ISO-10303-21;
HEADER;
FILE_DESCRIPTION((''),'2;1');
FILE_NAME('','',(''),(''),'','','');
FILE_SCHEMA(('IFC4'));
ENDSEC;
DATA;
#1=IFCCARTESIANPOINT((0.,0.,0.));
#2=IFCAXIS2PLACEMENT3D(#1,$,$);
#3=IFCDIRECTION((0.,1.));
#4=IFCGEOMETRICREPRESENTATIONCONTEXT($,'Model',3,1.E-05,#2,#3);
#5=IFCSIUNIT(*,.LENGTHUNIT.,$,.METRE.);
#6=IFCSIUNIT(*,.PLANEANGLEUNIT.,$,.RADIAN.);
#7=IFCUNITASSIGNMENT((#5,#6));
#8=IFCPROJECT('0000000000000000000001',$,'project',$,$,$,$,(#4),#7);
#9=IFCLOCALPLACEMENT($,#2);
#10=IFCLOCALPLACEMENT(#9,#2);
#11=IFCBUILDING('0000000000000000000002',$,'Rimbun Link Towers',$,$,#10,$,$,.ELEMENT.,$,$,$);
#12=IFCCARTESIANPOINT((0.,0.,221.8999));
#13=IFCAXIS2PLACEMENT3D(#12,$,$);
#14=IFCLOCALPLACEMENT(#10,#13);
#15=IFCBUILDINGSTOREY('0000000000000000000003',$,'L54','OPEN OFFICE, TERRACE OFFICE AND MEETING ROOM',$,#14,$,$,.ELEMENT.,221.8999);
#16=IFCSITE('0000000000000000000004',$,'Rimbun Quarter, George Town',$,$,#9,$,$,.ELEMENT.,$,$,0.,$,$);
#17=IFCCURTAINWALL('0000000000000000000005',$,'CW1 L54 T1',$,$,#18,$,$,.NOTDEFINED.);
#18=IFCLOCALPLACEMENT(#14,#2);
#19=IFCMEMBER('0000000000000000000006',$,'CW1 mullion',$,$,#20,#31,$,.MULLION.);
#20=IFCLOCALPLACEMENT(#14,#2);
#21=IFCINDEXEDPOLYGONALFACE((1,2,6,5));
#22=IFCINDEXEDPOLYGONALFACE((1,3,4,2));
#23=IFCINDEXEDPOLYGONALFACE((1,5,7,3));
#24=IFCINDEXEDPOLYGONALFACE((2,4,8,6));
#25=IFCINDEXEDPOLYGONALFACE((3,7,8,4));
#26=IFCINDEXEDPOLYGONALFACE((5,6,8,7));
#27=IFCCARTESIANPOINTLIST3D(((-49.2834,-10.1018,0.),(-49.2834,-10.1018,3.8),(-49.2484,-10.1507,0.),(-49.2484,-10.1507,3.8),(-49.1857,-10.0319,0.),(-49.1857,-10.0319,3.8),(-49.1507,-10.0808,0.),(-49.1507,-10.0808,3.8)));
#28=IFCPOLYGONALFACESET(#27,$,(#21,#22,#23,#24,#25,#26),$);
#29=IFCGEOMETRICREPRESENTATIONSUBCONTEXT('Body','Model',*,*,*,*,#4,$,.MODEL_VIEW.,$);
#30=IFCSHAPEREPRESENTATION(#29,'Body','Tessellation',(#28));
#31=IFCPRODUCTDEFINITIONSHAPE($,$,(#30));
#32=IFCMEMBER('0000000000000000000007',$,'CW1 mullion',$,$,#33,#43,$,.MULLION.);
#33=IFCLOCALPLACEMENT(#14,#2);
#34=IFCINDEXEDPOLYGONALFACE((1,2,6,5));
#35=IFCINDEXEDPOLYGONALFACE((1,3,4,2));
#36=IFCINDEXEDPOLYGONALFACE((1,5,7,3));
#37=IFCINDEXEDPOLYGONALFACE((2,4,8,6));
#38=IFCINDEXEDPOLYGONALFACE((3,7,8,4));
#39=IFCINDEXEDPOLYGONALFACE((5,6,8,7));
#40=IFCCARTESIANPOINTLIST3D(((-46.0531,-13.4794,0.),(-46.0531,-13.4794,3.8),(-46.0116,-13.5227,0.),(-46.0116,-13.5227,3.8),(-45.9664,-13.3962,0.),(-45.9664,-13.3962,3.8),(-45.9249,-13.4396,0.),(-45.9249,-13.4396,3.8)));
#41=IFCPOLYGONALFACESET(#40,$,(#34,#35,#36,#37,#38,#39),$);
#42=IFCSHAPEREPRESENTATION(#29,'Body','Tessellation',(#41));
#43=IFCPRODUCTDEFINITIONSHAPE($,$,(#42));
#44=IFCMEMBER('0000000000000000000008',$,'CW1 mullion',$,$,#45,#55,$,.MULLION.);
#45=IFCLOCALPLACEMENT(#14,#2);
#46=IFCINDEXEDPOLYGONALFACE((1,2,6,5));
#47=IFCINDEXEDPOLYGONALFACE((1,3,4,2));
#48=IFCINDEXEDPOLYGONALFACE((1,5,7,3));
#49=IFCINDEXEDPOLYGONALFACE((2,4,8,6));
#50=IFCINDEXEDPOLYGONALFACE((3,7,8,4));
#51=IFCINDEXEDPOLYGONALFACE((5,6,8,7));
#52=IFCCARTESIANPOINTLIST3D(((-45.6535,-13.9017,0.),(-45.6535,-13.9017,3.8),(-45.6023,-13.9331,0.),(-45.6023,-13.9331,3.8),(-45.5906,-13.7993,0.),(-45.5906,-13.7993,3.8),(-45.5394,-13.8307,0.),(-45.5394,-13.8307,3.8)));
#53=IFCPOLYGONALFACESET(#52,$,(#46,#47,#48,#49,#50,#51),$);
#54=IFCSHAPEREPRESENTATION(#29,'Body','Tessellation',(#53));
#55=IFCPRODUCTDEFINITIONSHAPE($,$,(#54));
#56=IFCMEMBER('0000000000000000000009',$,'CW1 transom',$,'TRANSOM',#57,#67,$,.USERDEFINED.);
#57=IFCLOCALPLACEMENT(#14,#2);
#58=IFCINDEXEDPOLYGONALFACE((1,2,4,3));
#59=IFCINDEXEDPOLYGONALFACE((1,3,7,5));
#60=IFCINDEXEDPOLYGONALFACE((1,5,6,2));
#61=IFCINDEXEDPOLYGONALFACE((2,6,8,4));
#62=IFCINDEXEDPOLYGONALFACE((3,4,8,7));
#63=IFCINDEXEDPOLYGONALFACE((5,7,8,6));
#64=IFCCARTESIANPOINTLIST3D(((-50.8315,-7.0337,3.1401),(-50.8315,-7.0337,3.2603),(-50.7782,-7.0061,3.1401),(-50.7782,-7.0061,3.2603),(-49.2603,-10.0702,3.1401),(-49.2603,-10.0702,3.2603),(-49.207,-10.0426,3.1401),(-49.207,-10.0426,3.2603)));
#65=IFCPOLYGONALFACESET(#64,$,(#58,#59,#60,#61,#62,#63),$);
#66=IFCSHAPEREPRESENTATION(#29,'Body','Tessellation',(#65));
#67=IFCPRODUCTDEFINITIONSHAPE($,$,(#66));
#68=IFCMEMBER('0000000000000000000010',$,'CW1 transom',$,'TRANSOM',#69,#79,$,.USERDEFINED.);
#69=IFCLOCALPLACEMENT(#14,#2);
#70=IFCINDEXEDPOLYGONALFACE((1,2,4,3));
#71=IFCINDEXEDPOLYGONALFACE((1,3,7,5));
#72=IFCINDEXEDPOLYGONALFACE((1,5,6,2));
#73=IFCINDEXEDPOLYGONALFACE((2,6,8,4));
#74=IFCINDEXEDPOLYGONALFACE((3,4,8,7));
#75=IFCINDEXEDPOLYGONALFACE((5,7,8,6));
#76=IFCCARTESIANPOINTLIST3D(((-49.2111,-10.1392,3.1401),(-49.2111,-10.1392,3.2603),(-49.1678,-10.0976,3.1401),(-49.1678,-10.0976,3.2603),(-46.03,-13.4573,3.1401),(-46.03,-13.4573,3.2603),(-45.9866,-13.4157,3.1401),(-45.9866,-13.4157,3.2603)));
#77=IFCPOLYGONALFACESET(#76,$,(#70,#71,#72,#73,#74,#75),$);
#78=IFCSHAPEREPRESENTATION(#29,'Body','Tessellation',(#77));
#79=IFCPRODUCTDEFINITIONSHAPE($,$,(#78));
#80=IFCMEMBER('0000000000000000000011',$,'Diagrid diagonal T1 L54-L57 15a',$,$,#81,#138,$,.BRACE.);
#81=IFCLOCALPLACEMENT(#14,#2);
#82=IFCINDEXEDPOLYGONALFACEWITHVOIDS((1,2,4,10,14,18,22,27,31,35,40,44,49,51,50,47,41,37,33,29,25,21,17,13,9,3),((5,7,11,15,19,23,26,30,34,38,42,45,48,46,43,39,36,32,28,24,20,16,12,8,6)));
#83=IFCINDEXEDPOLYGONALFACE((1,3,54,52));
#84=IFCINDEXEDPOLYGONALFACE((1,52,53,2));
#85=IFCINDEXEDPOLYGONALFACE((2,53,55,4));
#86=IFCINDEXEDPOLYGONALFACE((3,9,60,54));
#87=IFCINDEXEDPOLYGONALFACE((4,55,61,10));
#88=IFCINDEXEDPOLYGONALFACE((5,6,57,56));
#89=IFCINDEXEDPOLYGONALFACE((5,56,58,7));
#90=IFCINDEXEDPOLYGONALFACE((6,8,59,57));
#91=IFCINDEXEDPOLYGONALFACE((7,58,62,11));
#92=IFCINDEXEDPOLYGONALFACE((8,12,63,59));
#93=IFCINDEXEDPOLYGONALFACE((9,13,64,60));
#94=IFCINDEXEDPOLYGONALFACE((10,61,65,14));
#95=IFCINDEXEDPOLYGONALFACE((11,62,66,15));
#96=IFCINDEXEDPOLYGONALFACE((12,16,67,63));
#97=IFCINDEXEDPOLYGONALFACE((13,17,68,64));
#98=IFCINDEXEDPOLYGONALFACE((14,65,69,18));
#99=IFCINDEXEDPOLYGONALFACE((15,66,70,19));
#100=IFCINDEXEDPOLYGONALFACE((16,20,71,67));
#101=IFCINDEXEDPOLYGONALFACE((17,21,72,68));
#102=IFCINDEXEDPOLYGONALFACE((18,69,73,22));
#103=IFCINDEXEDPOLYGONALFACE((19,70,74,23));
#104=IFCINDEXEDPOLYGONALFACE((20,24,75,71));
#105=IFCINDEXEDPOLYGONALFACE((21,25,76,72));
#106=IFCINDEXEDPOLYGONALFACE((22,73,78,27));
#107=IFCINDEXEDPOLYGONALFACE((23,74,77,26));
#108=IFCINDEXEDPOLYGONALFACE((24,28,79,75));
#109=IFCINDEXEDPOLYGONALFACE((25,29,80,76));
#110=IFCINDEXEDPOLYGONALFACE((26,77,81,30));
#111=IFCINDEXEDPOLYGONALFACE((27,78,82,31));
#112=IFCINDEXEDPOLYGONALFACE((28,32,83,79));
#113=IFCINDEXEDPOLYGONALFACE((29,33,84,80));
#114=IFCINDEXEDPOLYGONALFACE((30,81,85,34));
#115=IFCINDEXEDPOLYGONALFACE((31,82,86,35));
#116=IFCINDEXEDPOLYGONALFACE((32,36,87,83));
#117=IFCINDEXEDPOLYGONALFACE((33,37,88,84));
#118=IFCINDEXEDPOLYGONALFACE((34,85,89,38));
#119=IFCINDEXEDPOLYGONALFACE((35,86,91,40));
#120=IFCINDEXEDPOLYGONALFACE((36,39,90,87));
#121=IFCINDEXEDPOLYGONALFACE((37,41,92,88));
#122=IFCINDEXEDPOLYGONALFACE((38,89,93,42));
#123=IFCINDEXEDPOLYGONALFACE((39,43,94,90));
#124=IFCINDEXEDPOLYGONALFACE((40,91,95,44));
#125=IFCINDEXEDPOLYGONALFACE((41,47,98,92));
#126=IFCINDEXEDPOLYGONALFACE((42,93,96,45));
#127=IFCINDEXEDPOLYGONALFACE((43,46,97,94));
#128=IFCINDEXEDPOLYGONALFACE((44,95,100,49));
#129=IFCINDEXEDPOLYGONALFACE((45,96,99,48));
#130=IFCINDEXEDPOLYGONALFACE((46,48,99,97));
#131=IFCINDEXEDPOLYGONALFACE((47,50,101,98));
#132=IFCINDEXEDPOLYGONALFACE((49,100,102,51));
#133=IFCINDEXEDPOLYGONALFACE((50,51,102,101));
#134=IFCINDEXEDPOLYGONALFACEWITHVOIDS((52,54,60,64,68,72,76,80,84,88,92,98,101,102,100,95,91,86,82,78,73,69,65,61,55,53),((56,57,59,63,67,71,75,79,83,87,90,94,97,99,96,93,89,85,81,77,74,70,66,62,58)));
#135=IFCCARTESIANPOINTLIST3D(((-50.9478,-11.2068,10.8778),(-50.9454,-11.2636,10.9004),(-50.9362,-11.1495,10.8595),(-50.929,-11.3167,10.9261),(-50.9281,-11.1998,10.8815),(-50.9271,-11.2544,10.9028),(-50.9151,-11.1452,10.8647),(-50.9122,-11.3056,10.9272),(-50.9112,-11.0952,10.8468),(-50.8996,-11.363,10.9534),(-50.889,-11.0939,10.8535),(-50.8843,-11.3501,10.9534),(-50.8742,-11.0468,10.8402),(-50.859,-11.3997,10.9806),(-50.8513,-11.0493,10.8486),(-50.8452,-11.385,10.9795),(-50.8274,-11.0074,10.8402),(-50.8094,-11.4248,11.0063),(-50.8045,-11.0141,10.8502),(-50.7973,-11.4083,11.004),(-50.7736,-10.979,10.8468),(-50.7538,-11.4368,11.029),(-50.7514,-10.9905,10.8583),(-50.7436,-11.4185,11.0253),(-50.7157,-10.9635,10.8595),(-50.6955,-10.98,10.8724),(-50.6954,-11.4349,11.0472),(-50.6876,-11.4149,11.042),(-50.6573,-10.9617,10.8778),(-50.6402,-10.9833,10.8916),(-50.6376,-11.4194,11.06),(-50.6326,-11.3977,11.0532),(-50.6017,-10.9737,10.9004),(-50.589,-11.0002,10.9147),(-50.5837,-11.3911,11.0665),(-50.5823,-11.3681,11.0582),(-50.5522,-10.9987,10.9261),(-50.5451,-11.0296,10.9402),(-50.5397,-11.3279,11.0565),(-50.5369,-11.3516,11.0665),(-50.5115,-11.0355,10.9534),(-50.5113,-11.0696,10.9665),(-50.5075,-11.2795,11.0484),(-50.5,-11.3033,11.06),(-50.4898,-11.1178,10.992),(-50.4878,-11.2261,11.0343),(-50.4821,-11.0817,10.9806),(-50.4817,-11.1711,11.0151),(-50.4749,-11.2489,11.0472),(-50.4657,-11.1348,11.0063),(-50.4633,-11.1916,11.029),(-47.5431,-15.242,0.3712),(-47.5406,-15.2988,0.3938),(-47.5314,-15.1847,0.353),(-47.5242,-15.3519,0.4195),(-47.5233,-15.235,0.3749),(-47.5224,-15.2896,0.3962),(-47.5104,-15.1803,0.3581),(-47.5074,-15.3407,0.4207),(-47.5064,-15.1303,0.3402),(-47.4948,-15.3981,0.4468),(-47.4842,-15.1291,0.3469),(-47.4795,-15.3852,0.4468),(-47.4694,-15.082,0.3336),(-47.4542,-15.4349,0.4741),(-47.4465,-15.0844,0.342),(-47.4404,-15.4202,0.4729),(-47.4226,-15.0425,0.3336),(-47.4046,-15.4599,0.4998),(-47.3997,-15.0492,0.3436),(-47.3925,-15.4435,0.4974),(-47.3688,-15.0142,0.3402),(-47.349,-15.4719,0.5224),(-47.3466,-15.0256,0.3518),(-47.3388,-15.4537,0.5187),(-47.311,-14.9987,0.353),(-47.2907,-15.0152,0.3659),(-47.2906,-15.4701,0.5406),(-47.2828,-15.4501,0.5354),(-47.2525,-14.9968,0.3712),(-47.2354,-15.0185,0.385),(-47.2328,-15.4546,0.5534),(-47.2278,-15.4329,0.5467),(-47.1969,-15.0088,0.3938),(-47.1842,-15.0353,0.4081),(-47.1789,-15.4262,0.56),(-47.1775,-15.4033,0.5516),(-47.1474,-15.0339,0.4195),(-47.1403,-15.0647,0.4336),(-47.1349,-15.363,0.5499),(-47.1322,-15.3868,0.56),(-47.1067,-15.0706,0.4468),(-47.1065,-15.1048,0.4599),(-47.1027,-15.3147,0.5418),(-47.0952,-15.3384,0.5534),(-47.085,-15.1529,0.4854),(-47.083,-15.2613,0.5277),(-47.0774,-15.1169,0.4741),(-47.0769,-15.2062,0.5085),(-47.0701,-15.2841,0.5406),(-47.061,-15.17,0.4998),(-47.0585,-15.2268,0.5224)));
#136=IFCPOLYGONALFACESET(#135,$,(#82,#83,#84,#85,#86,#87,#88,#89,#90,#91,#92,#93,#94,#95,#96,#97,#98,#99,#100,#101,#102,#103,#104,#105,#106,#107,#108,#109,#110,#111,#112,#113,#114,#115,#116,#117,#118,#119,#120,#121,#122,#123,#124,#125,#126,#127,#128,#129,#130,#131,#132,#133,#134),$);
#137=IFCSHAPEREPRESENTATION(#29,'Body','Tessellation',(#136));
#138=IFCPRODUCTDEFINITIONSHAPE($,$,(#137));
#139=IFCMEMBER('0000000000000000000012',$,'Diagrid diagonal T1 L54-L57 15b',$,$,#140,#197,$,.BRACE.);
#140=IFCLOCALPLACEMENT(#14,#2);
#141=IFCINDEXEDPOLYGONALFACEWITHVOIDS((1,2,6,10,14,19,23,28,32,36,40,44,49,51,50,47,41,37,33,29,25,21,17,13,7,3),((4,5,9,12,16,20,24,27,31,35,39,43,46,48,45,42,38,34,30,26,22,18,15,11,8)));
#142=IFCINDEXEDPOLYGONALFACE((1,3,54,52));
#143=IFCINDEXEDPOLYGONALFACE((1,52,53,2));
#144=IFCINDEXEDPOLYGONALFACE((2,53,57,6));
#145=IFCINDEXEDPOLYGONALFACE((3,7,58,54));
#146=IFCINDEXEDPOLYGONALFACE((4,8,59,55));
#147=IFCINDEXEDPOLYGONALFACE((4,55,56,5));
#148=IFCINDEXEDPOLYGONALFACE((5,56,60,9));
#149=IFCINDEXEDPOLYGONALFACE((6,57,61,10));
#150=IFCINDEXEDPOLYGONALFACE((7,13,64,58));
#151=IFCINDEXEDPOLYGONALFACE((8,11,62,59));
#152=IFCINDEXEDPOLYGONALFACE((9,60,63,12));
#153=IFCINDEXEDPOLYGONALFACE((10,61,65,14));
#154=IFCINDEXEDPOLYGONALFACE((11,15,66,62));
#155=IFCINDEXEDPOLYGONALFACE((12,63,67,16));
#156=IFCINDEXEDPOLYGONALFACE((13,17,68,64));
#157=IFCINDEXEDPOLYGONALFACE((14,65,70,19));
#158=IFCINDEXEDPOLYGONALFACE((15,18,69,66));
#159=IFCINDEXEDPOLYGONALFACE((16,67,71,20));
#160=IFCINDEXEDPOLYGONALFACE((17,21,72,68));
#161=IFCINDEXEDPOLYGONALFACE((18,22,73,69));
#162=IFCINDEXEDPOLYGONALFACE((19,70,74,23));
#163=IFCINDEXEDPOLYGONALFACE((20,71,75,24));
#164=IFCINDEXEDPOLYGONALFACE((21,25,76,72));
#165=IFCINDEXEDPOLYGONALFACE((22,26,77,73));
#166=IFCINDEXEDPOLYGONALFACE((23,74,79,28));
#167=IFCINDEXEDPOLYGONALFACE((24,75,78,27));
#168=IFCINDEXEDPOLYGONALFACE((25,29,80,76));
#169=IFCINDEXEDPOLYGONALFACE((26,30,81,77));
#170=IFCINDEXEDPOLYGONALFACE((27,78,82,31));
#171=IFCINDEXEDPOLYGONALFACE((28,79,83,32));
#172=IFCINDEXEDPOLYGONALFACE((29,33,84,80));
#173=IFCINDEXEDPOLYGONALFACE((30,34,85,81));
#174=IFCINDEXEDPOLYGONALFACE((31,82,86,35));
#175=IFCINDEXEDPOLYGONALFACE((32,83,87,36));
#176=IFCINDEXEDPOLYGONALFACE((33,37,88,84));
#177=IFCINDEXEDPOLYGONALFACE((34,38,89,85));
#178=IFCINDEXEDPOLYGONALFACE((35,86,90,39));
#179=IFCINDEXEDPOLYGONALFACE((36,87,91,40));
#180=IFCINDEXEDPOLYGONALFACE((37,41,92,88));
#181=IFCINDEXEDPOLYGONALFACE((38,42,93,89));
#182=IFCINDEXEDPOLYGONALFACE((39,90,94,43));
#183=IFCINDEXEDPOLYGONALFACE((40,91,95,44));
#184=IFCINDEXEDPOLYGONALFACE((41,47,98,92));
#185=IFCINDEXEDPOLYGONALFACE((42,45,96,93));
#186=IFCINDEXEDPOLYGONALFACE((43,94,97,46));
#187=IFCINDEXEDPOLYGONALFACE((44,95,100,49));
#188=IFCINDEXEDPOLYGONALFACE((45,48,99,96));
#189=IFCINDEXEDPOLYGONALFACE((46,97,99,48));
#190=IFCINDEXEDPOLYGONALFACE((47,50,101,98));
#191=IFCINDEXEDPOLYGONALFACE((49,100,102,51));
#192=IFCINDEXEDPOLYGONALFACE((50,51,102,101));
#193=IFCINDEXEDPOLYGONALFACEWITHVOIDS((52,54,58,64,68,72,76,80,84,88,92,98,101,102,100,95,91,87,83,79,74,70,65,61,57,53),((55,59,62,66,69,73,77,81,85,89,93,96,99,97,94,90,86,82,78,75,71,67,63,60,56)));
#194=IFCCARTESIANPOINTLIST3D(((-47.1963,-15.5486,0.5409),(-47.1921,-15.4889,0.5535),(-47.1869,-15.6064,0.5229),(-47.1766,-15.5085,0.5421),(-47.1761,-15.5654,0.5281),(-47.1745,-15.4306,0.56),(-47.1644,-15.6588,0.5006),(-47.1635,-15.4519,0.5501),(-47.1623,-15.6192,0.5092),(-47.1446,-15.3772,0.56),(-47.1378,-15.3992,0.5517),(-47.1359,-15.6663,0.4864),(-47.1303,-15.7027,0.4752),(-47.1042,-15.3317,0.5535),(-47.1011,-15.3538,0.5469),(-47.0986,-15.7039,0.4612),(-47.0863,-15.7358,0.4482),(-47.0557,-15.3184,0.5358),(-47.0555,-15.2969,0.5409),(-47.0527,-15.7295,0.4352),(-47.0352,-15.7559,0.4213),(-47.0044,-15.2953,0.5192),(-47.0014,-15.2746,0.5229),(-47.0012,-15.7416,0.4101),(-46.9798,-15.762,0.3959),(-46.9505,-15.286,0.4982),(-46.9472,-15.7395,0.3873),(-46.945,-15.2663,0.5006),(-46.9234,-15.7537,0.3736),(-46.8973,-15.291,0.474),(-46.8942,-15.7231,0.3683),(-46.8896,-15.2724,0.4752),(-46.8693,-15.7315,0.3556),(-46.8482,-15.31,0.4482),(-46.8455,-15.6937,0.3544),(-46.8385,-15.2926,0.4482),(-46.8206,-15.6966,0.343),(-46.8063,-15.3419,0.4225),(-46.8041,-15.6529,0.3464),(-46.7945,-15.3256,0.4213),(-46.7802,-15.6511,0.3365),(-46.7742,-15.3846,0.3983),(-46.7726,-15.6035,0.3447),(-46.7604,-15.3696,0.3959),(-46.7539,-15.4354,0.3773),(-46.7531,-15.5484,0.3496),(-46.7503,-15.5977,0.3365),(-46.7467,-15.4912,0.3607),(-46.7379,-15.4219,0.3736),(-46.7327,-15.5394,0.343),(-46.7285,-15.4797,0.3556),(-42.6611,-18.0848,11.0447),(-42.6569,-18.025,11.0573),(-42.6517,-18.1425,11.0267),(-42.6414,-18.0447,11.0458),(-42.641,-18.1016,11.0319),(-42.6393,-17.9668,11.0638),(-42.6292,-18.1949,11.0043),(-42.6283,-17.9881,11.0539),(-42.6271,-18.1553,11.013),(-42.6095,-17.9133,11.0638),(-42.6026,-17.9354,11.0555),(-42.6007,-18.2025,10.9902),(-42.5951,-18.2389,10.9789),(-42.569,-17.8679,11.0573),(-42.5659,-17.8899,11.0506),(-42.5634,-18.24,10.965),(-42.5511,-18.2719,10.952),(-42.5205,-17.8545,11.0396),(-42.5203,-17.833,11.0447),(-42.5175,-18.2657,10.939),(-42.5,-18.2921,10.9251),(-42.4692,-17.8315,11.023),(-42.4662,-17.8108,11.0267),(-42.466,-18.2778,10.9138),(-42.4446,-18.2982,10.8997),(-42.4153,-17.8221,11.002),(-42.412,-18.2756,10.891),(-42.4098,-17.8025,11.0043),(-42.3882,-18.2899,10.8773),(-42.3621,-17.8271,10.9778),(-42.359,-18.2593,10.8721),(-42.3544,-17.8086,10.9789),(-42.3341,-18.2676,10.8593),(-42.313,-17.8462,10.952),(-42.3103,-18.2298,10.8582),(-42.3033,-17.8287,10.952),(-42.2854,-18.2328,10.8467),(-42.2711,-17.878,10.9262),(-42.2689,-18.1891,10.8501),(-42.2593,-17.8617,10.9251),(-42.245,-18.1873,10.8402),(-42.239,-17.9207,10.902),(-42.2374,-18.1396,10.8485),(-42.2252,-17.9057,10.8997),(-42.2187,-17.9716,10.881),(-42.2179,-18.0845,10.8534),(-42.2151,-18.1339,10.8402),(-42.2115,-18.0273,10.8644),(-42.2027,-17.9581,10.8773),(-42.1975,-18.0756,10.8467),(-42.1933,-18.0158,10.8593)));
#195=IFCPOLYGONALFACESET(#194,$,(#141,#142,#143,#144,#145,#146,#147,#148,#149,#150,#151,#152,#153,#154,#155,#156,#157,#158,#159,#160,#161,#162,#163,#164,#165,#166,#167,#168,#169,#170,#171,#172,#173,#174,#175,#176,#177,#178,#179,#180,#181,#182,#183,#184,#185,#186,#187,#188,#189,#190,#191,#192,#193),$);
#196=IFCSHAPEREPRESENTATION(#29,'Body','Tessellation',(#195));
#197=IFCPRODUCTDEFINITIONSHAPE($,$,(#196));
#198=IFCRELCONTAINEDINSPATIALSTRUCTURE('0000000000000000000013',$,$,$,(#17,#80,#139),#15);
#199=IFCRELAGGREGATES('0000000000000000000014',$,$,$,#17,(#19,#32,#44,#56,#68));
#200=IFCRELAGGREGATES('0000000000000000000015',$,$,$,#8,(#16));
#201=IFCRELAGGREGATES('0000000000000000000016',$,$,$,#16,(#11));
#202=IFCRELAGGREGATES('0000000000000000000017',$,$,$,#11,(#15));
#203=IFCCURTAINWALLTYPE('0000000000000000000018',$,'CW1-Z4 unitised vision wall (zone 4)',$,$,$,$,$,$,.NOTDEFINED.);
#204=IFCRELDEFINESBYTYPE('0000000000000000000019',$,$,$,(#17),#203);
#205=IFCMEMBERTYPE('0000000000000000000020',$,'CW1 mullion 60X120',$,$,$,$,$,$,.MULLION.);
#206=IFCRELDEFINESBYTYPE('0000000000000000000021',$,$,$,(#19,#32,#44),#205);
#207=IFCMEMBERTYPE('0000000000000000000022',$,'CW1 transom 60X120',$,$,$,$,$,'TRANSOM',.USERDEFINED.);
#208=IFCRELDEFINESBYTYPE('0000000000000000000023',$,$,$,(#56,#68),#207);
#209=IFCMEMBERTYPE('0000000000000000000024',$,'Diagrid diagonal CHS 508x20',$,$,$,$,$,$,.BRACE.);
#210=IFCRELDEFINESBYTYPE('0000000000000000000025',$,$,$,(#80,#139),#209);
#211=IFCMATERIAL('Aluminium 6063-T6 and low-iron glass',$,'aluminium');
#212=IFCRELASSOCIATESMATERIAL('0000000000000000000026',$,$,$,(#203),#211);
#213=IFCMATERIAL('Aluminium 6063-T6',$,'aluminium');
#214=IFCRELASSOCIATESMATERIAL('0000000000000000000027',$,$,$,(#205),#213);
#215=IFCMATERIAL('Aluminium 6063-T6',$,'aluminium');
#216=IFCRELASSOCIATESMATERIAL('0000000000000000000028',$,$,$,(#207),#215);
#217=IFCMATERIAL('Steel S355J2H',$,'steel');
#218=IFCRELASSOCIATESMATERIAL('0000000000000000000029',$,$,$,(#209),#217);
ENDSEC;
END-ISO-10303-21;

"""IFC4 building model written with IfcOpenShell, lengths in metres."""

from ifc_helpers import new_model, si_unit, direction, frame, origin, origin_2d, place, context, subcontext, project, spatial, rectangle, hollow_circle, extrude, material, material_profile, profile_set, type_object, element, aggregate, save


model = new_model("IFC4")

# Units and contexts
model_context = context("Model", 3, precision=1e-05, world=origin(), true_north=direction((0.0, 1.0)))
body_context = subcontext(model_context, "Body", "Model", "MODEL_VIEW")
ifc_project = project(units=[si_unit("LENGTHUNIT", "METRE"), si_unit("PLANEANGLEUNIT", "RADIAN")], contexts=[model_context])

# Site, building, storey
site_placement = place(None, origin())
site = spatial("IfcSite", under=ifc_project, at=site_placement, Name="Rimbun Quarter, George Town", CompositionType="ELEMENT", RefElevation=0.0)
building_placement = place(site_placement, origin())
building = spatial("IfcBuilding", under=site, at=building_placement, Name="Rimbun Link Towers", CompositionType="ELEMENT")
storey_placement = place(building_placement, frame((0.0, 0.0, 221.8999)))
storey = spatial("IfcBuildingStorey", under=building, at=storey_placement, Name="L54", Description="OPEN OFFICE, TERRACE OFFICE AND MEETING ROOM", CompositionType="ELEMENT", Elevation=221.8999)

# Curtain wall, members
ifc_material_1 = material(Name="Aluminium 6063-T6 and low-iron glass", Category="aluminium")
curtain_wall_type = type_object("IfcCurtainWallType", Name="CW1-Z4 unitised vision wall (zone 4)", PredefinedType="NOTDEFINED", material=ifc_material_1)
curtain_wall_placement = place(storey_placement, origin())
curtain_wall = element("IfcCurtainWall", 1, at=curtain_wall_placement, inside=storey, type_object=curtain_wall_type, Name="CW1 L54 T1", PredefinedType="NOTDEFINED")
ifc_material_2 = material(Name="Aluminium 6063-T6", Category="aluminium")
ifc_material_profile_1 = material_profile(ifc_material_2, rectangle(XDim=0.1201, YDim=0.0601, at=origin_2d()), Name="MULLION 60X120")
ifc_profile_set_1 = profile_set([ifc_material_profile_1], Name="Aluminium 6063-T6")
member_type_1 = type_object("IfcMemberType", Name="CW1 mullion 60X120", PredefinedType="MULLION", material=ifc_profile_set_1)
member_1_placement = place(storey_placement, frame((-49.217, -10.0913, 0.0), z_axis=(0.0, 0.0, 1.0), x_axis=(-0.813354, -0.58177, 0.0)))
member_1 = element("IfcMember", 2, at=member_1_placement, type_object=member_type_1, Name="CW1 mullion", PredefinedType="MULLION", context=body_context, shape_type="SweptSolid", body=[
    extrude(rectangle(XDim=0.1201, YDim=0.0601, at=origin_2d()), origin(), (0.0, 0.0, 1.0), 3.8),
])
member_2_placement = place(storey_placement, frame((-45.989, -13.4595, 0.0), z_axis=(0.0, 0.0, 1.0), x_axis=(-0.721853, -0.692046, 0.0)))
member_2 = element("IfcMember", 3, at=member_2_placement, type_object=member_type_1, Name="CW1 mullion", PredefinedType="MULLION", context=body_context, shape_type="SweptSolid", body=[
    extrude(rectangle(XDim=0.1201, YDim=0.0601, at=origin_2d()), origin(), (0.0, 0.0, 1.0), 3.8),
])
member_3_placement = place(storey_placement, frame((-45.5964, -13.8662, 0.0), z_axis=(0.0, 0.0, 1.0), x_axis=(-0.523237, -0.852187, 0.0)))
member_3 = element("IfcMember", 4, at=member_3_placement, type_object=member_type_1, Name="CW1 mullion", PredefinedType="MULLION", context=body_context, shape_type="SweptSolid", body=[
    extrude(rectangle(XDim=0.1201, YDim=0.0601, at=origin_2d()), origin(), (0.0, 0.0, 1.0), 3.8),
])
ifc_material_3 = material(Name="Aluminium 6063-T6", Category="aluminium")
ifc_material_profile_2 = material_profile(ifc_material_3, rectangle(XDim=0.0601, YDim=0.1201, at=origin_2d()), Name="TRANSOM 60X120")
ifc_profile_set_2 = profile_set([ifc_material_profile_2], Name="Aluminium 6063-T6")
member_type_2 = type_object("IfcMemberType", Name="CW1 transom 60X120", ElementType="TRANSOM", PredefinedType="USERDEFINED", material=ifc_profile_set_2)
member_4_placement = place(storey_placement, frame((-49.2336, -10.0564, 3.2002), z_axis=(-0.459567, 0.888143, 0.0), x_axis=(-0.888143, -0.459567, 0.0)))
member_4 = element("IfcMember", 5, at=member_4_placement, type_object=member_type_2, Name="CW1 transom", ObjectType="TRANSOM", PredefinedType="USERDEFINED", context=body_context, shape_type="SweptSolid", body=[
    extrude(rectangle(XDim=0.0601, YDim=0.1201, at=origin_2d()), origin(), (0.0, 0.0, 1.0), 3.4189),
])
member_5_placement = place(storey_placement, frame((-46.0083, -13.4365, 3.2002), z_axis=(-0.692052, 0.721848, 0.0), x_axis=(-0.721848, -0.692052, 0.0)))
member_5 = element("IfcMember", 6, at=member_5_placement, type_object=member_type_2, Name="CW1 transom", ObjectType="TRANSOM", PredefinedType="USERDEFINED", context=body_context, shape_type="SweptSolid", body=[
    extrude(rectangle(XDim=0.0601, YDim=0.1201, at=origin_2d()), origin(), (0.0, 0.0, 1.0), 4.5967),
])

# Members
ifc_material_4 = material(Name="Steel S355J2H", Category="steel")
ifc_material_profile_3 = material_profile(ifc_material_4, hollow_circle(Radius=0.2539, WallThickness=0.02, at=origin_2d()), Name="Diagrid diagonal CHS 508x20")
ifc_profile_set_3 = profile_set([ifc_material_profile_3], Name="Steel S355J2H")
member_type_3 = type_object("IfcMemberType", Name="Diagrid diagonal CHS 508x20", PredefinedType="BRACE", material=ifc_profile_set_3)
member_6_placement = place(storey_placement, frame((-47.3008, -15.2344, 0.4468), z_axis=(-0.289558, 0.343168, 0.893528), x_axis=(-0.76428, -0.644884, 0.0)))
element("IfcMember", 7, at=member_6_placement, inside=storey, type_object=member_type_3, Name="Diagrid diagonal T1 L54-L57 15a", PredefinedType="BRACE", context=body_context, shape_type="SweptSolid", body=[
    extrude(hollow_circle(Radius=0.2539, WallThickness=0.02, at=origin_2d()), origin(), (0.0, 0.0, 1.0), 11.7585),
])
member_7_placement = place(storey_placement, frame((-46.9624, -15.5142, 0.4482), z_axis=(0.387004, -0.216419, 0.896321), x_axis=(0.488082, 0.872798, 0.0)))
element("IfcMember", 8, at=member_7_placement, inside=storey, type_object=member_type_3, Name="Diagrid diagonal T1 L54-L57 15b", PredefinedType="BRACE", context=body_context, shape_type="SweptSolid", body=[
    extrude(hollow_circle(Radius=0.2539, WallThickness=0.02, at=origin_2d()), origin(), (0.0, 0.0, 1.0), 11.7188),
])

aggregate(curtain_wall, [member_1, member_2, member_3, member_4, member_5])

save(model, "model.ifc")
